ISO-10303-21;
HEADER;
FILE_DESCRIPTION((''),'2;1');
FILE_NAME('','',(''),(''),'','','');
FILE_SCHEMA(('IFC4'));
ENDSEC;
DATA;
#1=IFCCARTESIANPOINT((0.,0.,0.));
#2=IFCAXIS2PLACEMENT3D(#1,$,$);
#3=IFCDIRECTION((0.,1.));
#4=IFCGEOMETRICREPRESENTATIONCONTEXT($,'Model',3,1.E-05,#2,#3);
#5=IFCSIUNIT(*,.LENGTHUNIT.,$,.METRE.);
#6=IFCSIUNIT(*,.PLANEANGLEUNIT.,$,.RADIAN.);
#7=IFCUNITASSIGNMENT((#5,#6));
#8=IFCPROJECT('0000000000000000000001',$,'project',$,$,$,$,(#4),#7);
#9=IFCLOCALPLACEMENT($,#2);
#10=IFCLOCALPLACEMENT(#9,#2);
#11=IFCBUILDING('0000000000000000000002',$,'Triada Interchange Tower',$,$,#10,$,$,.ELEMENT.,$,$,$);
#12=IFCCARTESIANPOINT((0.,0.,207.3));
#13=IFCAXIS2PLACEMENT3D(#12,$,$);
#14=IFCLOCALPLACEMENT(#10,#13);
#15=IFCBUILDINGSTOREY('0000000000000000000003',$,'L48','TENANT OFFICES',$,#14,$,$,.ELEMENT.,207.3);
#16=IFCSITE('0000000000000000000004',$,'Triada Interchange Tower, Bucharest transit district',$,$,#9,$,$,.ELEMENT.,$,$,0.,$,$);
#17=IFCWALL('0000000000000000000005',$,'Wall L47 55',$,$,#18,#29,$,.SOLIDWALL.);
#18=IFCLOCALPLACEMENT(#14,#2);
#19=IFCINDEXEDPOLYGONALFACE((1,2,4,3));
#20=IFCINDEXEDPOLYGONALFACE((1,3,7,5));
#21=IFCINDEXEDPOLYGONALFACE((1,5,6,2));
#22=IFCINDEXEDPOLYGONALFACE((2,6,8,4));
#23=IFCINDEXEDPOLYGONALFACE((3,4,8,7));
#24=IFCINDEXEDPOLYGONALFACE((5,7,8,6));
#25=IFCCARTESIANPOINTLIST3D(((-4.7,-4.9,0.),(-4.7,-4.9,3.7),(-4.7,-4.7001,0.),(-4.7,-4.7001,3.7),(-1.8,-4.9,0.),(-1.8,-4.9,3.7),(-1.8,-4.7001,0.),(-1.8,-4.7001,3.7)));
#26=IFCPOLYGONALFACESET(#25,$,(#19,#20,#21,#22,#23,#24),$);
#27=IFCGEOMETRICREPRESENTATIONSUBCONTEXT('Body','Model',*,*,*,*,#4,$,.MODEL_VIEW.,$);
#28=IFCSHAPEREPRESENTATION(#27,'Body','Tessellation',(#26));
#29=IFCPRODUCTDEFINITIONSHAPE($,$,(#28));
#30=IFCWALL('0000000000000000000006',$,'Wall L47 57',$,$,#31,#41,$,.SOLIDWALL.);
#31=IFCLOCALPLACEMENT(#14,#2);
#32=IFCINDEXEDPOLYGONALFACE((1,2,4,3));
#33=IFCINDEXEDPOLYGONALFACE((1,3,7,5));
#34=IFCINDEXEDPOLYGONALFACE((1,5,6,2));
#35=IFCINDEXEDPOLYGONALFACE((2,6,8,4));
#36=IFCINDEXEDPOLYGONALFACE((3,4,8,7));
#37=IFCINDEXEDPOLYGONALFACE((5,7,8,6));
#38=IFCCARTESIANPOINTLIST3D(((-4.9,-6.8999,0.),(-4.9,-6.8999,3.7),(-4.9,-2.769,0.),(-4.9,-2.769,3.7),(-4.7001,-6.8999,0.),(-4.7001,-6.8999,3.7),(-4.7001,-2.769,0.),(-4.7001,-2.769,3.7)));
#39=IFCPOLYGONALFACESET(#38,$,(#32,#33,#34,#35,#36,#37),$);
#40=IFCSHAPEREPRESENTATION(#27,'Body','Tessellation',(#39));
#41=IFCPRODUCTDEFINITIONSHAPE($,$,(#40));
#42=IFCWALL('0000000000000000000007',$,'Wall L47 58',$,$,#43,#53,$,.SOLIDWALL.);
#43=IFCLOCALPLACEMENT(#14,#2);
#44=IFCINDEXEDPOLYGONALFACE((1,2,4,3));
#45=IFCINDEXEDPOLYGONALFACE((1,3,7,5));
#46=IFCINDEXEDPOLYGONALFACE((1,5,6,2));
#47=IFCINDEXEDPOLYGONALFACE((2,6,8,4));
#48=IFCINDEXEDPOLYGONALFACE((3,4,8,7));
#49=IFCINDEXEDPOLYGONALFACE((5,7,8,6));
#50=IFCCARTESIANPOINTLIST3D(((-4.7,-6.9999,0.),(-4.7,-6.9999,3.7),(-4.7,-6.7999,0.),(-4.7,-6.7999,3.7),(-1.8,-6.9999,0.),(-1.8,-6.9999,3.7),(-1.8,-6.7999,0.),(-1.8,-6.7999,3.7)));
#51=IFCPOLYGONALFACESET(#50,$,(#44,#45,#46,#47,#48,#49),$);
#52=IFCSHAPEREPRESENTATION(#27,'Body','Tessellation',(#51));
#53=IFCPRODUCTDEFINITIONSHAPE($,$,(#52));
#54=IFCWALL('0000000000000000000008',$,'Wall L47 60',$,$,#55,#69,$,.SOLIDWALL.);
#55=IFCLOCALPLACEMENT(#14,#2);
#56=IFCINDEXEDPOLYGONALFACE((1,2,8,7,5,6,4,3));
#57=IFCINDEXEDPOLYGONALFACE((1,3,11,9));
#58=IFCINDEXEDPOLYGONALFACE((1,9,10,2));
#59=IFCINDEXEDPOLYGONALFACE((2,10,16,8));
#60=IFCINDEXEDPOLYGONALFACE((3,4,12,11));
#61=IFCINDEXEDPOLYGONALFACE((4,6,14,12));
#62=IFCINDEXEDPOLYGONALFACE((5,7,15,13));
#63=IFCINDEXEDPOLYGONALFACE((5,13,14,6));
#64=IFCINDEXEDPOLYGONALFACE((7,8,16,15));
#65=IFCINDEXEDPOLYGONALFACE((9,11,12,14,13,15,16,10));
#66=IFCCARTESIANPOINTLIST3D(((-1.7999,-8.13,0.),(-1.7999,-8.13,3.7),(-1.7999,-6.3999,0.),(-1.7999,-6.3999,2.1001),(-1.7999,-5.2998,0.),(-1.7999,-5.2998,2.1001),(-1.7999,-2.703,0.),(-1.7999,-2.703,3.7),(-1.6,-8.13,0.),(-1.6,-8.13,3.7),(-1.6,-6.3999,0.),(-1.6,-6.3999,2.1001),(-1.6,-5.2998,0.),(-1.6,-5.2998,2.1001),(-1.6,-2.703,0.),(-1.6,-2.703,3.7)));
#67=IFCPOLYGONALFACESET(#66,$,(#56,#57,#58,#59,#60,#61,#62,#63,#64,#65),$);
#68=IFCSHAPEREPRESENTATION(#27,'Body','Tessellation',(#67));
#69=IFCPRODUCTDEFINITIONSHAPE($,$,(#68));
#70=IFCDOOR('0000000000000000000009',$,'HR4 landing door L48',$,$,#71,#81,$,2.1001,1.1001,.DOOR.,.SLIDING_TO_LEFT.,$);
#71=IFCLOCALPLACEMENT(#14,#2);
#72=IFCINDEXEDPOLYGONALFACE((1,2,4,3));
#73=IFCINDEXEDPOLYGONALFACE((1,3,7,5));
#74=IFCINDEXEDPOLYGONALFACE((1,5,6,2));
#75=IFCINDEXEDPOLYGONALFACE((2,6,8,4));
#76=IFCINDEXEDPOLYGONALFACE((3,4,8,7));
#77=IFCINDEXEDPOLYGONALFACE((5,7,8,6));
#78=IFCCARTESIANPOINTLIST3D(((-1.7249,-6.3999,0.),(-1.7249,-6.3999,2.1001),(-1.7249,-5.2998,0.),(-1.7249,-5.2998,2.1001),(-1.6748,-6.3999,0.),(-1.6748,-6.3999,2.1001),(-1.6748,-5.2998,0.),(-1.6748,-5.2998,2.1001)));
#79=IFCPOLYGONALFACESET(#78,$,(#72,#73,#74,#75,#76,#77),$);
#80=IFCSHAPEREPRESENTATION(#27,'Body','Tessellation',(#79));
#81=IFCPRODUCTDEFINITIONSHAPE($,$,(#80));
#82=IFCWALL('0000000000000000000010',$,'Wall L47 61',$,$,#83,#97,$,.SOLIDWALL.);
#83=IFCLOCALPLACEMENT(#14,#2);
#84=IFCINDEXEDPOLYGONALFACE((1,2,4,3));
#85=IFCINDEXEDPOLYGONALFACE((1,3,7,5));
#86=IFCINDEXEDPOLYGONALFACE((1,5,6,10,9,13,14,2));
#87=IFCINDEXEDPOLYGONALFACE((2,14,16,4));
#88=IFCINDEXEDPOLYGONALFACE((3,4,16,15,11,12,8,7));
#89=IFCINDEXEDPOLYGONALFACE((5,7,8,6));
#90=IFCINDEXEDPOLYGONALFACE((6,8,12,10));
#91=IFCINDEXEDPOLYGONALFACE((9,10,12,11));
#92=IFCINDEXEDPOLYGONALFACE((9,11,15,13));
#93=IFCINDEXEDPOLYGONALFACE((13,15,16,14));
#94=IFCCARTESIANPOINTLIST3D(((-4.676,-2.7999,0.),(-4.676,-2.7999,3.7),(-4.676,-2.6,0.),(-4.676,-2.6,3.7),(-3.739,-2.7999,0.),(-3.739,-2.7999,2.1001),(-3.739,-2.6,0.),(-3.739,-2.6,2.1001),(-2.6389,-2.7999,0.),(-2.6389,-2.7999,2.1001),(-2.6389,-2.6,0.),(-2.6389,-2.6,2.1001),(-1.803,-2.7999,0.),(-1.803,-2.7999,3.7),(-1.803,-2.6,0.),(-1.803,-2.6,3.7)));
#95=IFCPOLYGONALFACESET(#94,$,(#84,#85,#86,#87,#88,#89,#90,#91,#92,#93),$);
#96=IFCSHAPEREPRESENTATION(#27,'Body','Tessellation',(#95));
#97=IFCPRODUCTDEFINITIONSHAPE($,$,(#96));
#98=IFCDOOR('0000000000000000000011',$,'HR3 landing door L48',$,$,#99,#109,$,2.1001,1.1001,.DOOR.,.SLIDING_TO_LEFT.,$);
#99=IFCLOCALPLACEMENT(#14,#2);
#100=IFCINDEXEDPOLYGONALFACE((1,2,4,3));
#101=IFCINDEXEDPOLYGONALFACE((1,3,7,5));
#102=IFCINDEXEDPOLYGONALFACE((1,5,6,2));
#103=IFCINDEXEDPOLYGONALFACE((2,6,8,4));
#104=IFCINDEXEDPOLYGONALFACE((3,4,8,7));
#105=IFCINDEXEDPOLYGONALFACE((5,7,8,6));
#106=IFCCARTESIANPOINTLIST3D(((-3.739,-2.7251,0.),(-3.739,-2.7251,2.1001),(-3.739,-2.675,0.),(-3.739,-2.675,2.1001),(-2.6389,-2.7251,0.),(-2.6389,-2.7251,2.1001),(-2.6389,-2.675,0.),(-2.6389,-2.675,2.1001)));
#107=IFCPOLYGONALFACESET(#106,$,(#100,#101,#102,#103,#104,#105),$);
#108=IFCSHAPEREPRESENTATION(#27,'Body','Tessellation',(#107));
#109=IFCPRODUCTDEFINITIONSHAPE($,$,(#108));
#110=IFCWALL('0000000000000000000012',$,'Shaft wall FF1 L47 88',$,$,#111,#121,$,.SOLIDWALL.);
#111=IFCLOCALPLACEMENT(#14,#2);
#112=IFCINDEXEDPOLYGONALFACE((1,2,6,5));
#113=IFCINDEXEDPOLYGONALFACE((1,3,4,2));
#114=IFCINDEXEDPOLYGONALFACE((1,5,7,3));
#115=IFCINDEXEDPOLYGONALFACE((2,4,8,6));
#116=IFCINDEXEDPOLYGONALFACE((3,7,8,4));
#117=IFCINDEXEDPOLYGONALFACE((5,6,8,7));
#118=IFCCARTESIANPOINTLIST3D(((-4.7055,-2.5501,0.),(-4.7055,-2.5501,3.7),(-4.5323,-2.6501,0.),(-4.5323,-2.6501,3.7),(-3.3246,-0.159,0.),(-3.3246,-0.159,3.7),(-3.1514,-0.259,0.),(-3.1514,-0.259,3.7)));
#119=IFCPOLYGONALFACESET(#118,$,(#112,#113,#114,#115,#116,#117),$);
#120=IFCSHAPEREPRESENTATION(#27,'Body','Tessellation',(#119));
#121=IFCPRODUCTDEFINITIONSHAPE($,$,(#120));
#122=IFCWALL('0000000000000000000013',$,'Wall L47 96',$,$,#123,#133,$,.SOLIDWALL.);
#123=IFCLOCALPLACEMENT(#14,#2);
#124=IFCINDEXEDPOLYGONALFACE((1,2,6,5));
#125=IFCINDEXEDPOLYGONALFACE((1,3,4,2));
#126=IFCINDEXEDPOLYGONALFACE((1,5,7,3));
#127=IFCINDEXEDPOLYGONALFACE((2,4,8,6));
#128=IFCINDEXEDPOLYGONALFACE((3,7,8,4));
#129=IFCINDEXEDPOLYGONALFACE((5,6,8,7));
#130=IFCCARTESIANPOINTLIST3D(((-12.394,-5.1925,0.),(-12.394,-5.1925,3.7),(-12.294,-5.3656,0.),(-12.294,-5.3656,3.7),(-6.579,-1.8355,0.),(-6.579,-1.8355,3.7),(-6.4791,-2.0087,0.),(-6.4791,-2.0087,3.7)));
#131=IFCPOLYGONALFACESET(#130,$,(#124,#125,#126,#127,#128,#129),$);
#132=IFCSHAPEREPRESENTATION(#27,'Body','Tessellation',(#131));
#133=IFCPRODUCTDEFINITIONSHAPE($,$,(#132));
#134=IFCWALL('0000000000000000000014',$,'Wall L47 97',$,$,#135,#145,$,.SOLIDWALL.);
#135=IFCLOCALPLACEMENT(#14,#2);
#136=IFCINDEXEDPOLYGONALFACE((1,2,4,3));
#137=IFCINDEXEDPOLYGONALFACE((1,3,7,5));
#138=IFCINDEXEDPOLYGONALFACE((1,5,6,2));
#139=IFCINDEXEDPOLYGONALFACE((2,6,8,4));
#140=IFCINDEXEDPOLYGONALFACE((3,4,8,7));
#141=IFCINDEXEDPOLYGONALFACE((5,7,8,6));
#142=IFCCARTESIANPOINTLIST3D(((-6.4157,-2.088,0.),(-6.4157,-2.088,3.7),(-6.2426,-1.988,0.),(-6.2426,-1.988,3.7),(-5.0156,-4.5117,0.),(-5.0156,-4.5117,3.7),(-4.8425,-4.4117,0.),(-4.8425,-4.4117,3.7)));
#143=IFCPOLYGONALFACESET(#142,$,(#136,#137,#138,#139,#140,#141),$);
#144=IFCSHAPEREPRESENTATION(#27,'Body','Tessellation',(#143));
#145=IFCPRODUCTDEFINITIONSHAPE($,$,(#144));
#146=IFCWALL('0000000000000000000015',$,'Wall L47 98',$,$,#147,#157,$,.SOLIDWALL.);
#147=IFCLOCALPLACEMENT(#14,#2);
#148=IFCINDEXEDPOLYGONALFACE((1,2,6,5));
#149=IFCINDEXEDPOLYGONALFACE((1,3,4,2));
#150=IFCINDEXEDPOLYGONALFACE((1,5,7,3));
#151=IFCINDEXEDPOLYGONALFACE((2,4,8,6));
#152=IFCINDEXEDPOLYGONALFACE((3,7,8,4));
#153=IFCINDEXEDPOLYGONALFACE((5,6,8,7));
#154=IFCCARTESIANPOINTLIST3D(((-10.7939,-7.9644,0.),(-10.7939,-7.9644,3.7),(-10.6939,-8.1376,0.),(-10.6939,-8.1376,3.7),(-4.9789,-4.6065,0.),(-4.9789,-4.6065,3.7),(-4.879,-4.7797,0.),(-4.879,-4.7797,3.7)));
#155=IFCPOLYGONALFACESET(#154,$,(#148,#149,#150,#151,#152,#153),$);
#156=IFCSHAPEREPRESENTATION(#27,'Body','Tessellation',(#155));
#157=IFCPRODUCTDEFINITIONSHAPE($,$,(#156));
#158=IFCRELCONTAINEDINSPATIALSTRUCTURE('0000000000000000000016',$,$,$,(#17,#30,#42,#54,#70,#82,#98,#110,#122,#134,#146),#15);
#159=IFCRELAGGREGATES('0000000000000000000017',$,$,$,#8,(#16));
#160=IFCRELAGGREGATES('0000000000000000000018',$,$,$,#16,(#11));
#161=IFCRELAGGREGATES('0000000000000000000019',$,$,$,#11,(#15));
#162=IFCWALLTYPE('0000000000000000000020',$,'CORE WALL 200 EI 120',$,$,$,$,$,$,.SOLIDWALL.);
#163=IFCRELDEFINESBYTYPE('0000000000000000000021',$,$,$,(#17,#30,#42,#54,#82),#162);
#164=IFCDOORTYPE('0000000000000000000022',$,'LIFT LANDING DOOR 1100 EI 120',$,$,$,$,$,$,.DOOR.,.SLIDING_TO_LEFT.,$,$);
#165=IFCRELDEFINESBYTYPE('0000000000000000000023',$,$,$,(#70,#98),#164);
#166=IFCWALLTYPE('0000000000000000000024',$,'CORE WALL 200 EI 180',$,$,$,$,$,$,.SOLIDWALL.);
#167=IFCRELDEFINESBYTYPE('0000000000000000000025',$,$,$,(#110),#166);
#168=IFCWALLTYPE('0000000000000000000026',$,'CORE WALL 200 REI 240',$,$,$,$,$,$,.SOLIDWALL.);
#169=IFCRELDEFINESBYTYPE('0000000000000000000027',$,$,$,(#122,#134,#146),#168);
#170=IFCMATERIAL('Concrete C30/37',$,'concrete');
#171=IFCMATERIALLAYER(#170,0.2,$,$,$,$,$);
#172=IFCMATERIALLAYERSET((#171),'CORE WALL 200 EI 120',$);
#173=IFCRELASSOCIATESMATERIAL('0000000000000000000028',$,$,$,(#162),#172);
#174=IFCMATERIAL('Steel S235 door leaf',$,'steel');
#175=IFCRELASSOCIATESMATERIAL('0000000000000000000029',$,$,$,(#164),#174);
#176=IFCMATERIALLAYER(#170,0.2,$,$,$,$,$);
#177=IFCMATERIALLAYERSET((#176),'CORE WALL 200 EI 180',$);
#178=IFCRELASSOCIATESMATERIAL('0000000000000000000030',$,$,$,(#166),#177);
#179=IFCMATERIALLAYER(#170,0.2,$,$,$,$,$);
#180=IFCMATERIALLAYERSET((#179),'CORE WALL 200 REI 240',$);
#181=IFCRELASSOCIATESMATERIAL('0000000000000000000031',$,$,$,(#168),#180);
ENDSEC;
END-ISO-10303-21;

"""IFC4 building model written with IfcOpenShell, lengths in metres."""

from ifc_helpers import new_model, si_unit, direction, frame, frame_2d, origin, place, context, subcontext, project, spatial, rectangle, extrude, material, layer, layer_set, type_object, element, fill, save


model = new_model("IFC4")

# Units and contexts
model_context = context("Model", 3, precision=1e-05, world=origin(), true_north=direction((0.0, 1.0)))
body_context = subcontext(model_context, "Body", "Model", "MODEL_VIEW")
ifc_project = project(units=[si_unit("LENGTHUNIT", "METRE"), si_unit("PLANEANGLEUNIT", "RADIAN")], contexts=[model_context])

# Site, building, storey
site_placement = place(None, origin())
site = spatial("IfcSite", under=ifc_project, at=site_placement, Name="Triada Interchange Tower, Bucharest transit district", CompositionType="ELEMENT", RefElevation=0.0)
building_placement = place(site_placement, origin())
building = spatial("IfcBuilding", under=site, at=building_placement, Name="Triada Interchange Tower", CompositionType="ELEMENT")
storey_placement = place(building_placement, frame((0.0, 0.0, 207.3)))
storey = spatial("IfcBuildingStorey", under=building, at=storey_placement, Name="L48", Description="TENANT OFFICES", CompositionType="ELEMENT", Elevation=207.3)

# Walls
ifc_material_1 = material(Name="Concrete C30/37", Category="concrete")
ifc_layer_1 = layer(ifc_material_1, 0.2)
ifc_layer_set_1 = layer_set([ifc_layer_1], Name="CORE WALL 200 EI 120")
wall_type_1 = type_object("IfcWallType", Name="CORE WALL 200 EI 120", PredefinedType="SOLIDWALL", material=ifc_layer_set_1)
wall_1_placement = place(storey_placement, frame((-4.7, -4.8, 0.0), z_axis=(0.0, 0.0, 1.0), x_axis=(1.0, 0.0, 0.0)))
element("IfcWall", 1, at=wall_1_placement, inside=storey, type_object=wall_type_1, Name="Wall L47 55", PredefinedType="SOLIDWALL", context=body_context, shape_type="SweptSolid", body=[
    extrude(rectangle(XDim=2.8999, YDim=0.2, at=frame_2d((1.45, 0.0))), origin(), (0.0, 0.0, 1.0), 3.7),
])
wall_2_placement = place(storey_placement, frame((-4.8, -6.8999, 0.0), z_axis=(0.0, 0.0, 1.0), x_axis=(0.0, 1.0, 0.0)))
element("IfcWall", 2, at=wall_2_placement, inside=storey, type_object=wall_type_1, Name="Wall L47 57", PredefinedType="SOLIDWALL", context=body_context, shape_type="SweptSolid", body=[
    extrude(rectangle(XDim=4.1309, YDim=0.2, at=frame_2d((2.0654, 0.0))), origin(), (0.0, 0.0, 1.0), 3.7),
])
wall_3_placement = place(storey_placement, frame((-4.7, -6.8999, 0.0), z_axis=(0.0, 0.0, 1.0), x_axis=(1.0, 0.0, 0.0)))
element("IfcWall", 3, at=wall_3_placement, inside=storey, type_object=wall_type_1, Name="Wall L47 58", PredefinedType="SOLIDWALL", context=body_context, shape_type="SweptSolid", body=[
    extrude(rectangle(XDim=2.8999, YDim=0.2, at=frame_2d((1.45, 0.0))), origin(), (0.0, 0.0, 1.0), 3.7),
])

# Walls, openings, doors
wall_4_placement = place(storey_placement, frame((-1.7, -8.1299, 0.0), z_axis=(0.0, 0.0, 1.0), x_axis=(0.0, 1.0, 0.0)))
wall_4 = element("IfcWall", 4, at=wall_4_placement, inside=storey, type_object=wall_type_1, Name="Wall L47 60", PredefinedType="SOLIDWALL", context=body_context, shape_type="SweptSolid", body=[
    extrude(rectangle(XDim=5.427, YDim=0.2, at=frame_2d((2.7134, 0.0))), origin(), (0.0, 0.0, 1.0), 3.7),
])
opening_1_placement = place(wall_4_placement, frame((1.73, 0.0, 0.0)))
opening_1 = element("IfcOpeningElement", 5, at=opening_1_placement, cuts=wall_4, PredefinedType="OPENING", context=body_context, shape_type="SweptSolid", body=[
    extrude(rectangle(XDim=1.1001, YDim=2.1001, at=frame_2d((0.55, 1.05))), frame((0.0, 0.1099, 0.0), z_axis=(0.0, -1.0, 0.0), x_axis=(1.0, 0.0, 0.0)), (0.0, 0.0, 1.0), 0.22),
])
ifc_material_2 = material(Name="Steel S235 door leaf", Category="steel")
door_type_1 = type_object("IfcDoorType", Name="LIFT LANDING DOOR 1100 EI 120", OperationType="SLIDING_TO_LEFT", PredefinedType="DOOR", material=ifc_material_2)
door_1_placement = place(opening_1_placement, origin())
door_1 = element("IfcDoor", 6, at=door_1_placement, inside=storey, type_object=door_type_1, Name="HR4 landing door L48", OperationType="SLIDING_TO_LEFT", OverallHeight=2.1001, OverallWidth=1.1001, PredefinedType="DOOR", context=body_context, shape_type="SweptSolid", body=[
    extrude(rectangle(XDim=1.1001, YDim=2.1001, at=frame_2d((0.55, 1.05))), frame((0.0, 0.0249, 0.0), z_axis=(0.0, -1.0, 0.0), x_axis=(1.0, 0.0, 0.0)), (0.0, 0.0, 1.0), 0.05),
])
fill(opening_1, door_1)
wall_5_placement = place(storey_placement, frame((-4.676, -2.7, 0.0), z_axis=(0.0, 0.0, 1.0), x_axis=(1.0, 0.0, 0.0)))
wall_5 = element("IfcWall", 7, at=wall_5_placement, inside=storey, type_object=wall_type_1, Name="Wall L47 61", PredefinedType="SOLIDWALL", context=body_context, shape_type="SweptSolid", body=[
    extrude(rectangle(XDim=2.873, YDim=0.2, at=frame_2d((1.4365, 0.0))), origin(), (0.0, 0.0, 1.0), 3.7),
])
opening_2_placement = place(wall_5_placement, frame((0.937, 0.0, 0.0)))
opening_2 = element("IfcOpeningElement", 8, at=opening_2_placement, cuts=wall_5, PredefinedType="OPENING", context=body_context, shape_type="SweptSolid", body=[
    extrude(rectangle(XDim=1.1001, YDim=2.1001, at=frame_2d((0.55, 1.05))), frame((0.0, 0.1099, 0.0), z_axis=(0.0, -1.0, 0.0), x_axis=(1.0, 0.0, 0.0)), (0.0, 0.0, 1.0), 0.22),
])
door_2_placement = place(opening_2_placement, origin())
door_2 = element("IfcDoor", 9, at=door_2_placement, inside=storey, type_object=door_type_1, Name="HR3 landing door L48", OperationType="SLIDING_TO_LEFT", OverallHeight=2.1001, OverallWidth=1.1001, PredefinedType="DOOR", context=body_context, shape_type="SweptSolid", body=[
    extrude(rectangle(XDim=1.1001, YDim=2.1001, at=frame_2d((0.55, 1.05))), frame((0.0, 0.0249, 0.0), z_axis=(0.0, -1.0, 0.0), x_axis=(1.0, 0.0, 0.0)), (0.0, 0.0, 1.0), 0.05),
])
fill(opening_2, door_2)

# Walls
ifc_layer_2 = layer(ifc_material_1, 0.2)
ifc_layer_set_2 = layer_set([ifc_layer_2], Name="CORE WALL 200 EI 180")
wall_type_2 = type_object("IfcWallType", Name="CORE WALL 200 EI 180", PredefinedType="SOLIDWALL", material=ifc_layer_set_2)
wall_6_placement = place(storey_placement, frame((-4.6189, -2.6001, 0.0), z_axis=(0.0, 0.0, 1.0), x_axis=(0.500095, 0.865971, 0.0)))
element("IfcWall", 10, at=wall_6_placement, inside=storey, type_object=wall_type_2, Name="Shaft wall FF1 L47 88", PredefinedType="SOLIDWALL", context=body_context, shape_type="SweptSolid", body=[
    extrude(rectangle(XDim=2.7612, YDim=0.2, at=frame_2d((1.3806, 0.0))), origin(), (0.0, 0.0, 1.0), 3.7),
])
ifc_layer_3 = layer(ifc_material_1, 0.2)
ifc_layer_set_3 = layer_set([ifc_layer_3], Name="CORE WALL 200 REI 240")
wall_type_3 = type_object("IfcWallType", Name="CORE WALL 200 REI 240", PredefinedType="SOLIDWALL", material=ifc_layer_set_3)
wall_7_placement = place(storey_placement, frame((-12.344, -5.2791, 0.0), z_axis=(0.0, 0.0, 1.0), x_axis=(0.866046, 0.499964, 0.0)))
element("IfcWall", 11, at=wall_7_placement, inside=storey, type_object=wall_type_3, Name="Wall L47 96", PredefinedType="SOLIDWALL", context=body_context, shape_type="SweptSolid", body=[
    extrude(rectangle(XDim=6.7144, YDim=0.2, at=frame_2d((3.3572, 0.0))), origin(), (0.0, 0.0, 1.0), 3.7),
])
wall_8_placement = place(storey_placement, frame((-6.3291, -2.0381, 0.0), z_axis=(0.0, 0.0, 1.0), x_axis=(0.500201, -0.86591, 0.0)))
element("IfcWall", 12, at=wall_8_placement, inside=storey, type_object=wall_type_3, Name="Wall L47 97", PredefinedType="SOLIDWALL", context=body_context, shape_type="SweptSolid", body=[
    extrude(rectangle(XDim=2.7991, YDim=0.2, at=frame_2d((1.3994, 0.0))), origin(), (0.0, 0.0, 1.0), 3.7),
])
wall_9_placement = place(storey_placement, frame((-10.7439, -8.051, 0.0), z_axis=(0.0, 0.0, 1.0), x_axis=(0.865983, 0.500073, 0.0)))
element("IfcWall", 13, at=wall_9_placement, inside=storey, type_object=wall_type_3, Name="Wall L47 98", PredefinedType="SOLIDWALL", context=body_context, shape_type="SweptSolid", body=[
    extrude(rectangle(XDim=6.7148, YDim=0.2, at=frame_2d((3.3574, 0.0))), origin(), (0.0, 0.0, 1.0), 3.7),
])

save(model, "model.ifc")
